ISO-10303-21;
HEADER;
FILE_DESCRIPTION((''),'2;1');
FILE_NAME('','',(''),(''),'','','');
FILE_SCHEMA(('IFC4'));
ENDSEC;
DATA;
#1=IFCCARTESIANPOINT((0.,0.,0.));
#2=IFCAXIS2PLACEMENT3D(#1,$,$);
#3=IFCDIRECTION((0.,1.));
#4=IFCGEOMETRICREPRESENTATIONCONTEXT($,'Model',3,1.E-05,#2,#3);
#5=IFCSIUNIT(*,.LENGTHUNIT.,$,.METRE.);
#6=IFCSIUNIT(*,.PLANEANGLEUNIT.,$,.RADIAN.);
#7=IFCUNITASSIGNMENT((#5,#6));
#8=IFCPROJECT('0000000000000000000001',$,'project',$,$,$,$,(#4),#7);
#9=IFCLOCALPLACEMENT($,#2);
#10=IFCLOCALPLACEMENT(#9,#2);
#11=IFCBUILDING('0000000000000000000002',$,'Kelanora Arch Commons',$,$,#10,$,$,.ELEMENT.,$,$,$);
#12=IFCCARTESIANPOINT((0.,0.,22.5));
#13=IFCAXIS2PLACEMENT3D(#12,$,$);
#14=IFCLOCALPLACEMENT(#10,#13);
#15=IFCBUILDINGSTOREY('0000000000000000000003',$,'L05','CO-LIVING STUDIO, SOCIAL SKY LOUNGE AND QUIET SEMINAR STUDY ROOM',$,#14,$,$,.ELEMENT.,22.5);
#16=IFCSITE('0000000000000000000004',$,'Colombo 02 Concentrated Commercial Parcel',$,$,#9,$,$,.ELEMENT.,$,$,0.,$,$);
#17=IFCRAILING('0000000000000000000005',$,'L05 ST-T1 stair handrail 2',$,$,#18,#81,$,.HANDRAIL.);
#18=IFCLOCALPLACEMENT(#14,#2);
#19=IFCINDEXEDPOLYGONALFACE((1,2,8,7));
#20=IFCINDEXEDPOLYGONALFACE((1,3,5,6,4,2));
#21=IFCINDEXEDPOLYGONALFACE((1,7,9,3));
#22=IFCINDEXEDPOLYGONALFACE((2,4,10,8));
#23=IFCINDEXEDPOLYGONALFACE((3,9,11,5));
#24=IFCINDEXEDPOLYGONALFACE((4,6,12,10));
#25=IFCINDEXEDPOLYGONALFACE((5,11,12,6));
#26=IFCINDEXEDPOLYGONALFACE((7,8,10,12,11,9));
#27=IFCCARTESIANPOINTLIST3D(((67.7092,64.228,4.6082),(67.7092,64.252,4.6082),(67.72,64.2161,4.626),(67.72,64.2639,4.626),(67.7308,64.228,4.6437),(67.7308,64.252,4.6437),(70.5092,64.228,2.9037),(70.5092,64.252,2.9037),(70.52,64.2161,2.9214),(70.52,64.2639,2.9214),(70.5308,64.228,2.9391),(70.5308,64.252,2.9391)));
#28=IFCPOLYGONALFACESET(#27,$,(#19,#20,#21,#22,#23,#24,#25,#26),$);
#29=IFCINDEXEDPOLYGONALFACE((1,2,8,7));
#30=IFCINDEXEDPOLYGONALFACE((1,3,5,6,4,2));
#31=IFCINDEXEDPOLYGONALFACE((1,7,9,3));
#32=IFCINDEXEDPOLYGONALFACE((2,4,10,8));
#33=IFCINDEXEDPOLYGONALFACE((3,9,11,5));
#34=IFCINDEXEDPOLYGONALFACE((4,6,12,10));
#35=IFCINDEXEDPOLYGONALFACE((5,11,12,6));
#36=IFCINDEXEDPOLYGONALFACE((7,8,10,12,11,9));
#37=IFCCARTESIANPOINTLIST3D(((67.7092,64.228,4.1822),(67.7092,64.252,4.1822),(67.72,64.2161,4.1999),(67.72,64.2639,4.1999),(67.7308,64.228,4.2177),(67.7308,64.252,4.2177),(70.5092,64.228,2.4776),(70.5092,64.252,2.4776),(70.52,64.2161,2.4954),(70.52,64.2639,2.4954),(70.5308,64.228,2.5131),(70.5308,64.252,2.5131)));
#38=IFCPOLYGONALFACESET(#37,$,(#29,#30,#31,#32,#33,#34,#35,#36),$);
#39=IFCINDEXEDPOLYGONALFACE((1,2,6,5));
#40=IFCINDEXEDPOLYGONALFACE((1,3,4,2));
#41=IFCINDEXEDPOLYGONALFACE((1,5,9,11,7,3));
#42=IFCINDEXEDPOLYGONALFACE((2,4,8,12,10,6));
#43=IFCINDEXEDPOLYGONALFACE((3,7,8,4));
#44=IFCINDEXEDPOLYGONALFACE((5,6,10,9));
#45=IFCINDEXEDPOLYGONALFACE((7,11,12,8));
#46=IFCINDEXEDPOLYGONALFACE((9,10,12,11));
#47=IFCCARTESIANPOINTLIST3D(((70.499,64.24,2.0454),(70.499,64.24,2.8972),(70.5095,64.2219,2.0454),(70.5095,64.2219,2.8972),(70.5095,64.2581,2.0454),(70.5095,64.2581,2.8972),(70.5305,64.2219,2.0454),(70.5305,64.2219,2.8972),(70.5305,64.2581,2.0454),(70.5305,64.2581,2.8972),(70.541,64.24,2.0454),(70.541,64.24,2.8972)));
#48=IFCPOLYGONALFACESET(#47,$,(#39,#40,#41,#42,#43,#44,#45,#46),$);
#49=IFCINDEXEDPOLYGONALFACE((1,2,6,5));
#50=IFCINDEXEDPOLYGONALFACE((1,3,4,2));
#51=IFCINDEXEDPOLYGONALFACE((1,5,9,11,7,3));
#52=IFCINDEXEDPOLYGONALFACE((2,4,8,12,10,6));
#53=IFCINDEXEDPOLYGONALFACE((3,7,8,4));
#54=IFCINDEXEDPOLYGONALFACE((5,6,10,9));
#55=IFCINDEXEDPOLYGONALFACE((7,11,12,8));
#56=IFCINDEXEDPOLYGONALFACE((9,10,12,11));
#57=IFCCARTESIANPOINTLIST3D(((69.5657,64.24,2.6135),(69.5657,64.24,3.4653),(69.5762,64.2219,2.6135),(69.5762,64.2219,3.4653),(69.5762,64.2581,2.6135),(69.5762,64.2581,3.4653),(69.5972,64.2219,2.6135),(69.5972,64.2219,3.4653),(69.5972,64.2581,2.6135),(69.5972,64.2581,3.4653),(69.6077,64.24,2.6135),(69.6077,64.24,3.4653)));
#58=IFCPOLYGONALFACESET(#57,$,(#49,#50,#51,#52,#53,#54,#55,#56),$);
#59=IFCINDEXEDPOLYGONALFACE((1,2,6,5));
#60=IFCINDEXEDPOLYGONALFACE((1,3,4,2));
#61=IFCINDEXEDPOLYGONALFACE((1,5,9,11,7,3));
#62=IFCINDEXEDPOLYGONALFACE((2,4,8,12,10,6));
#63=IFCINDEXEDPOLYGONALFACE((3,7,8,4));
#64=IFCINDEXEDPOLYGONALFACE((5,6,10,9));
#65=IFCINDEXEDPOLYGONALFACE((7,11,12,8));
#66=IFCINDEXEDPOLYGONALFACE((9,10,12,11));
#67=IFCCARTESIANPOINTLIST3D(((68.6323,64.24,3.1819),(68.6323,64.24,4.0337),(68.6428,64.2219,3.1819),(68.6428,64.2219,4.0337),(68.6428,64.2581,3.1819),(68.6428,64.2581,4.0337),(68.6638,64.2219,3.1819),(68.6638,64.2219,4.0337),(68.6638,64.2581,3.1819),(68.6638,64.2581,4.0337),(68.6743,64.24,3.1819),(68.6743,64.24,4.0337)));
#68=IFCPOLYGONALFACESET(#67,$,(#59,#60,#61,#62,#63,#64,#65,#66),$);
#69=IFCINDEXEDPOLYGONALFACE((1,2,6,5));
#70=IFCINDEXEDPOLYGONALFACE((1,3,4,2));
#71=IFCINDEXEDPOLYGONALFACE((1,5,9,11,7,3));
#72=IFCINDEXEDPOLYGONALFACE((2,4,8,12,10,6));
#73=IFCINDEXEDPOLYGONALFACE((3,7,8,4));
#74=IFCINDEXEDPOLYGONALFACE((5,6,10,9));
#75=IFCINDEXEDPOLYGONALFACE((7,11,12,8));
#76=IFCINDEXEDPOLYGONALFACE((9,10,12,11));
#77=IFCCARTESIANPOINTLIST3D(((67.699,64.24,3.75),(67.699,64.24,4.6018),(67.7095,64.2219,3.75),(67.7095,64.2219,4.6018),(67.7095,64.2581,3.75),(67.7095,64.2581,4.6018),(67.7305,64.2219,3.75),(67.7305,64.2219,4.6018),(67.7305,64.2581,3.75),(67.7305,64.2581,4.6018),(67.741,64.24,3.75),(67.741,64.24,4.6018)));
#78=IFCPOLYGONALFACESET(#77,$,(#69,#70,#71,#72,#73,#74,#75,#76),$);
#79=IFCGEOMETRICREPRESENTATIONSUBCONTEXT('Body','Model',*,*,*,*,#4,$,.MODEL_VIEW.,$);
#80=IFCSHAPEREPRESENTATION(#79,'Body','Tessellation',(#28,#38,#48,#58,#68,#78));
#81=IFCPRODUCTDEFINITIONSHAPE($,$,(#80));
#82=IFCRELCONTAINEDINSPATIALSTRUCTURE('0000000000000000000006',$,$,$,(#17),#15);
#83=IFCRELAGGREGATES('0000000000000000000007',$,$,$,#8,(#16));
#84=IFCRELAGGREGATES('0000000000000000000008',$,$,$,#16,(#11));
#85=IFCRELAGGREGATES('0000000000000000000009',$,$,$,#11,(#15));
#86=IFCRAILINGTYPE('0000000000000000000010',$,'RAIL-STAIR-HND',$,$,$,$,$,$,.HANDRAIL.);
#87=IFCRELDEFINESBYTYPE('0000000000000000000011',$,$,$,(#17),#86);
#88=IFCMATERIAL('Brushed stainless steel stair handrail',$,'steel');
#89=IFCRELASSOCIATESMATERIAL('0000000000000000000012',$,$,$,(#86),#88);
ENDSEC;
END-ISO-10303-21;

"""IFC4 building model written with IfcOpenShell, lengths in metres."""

from ifc_helpers import new_model, si_unit, direction, frame, origin, place, context, subcontext, project, spatial, polyline, outline, extrude, material, type_object, element, save


model = new_model("IFC4")

# Units and contexts
model_context = context("Model", 3, precision=1e-05, world=origin(), true_north=direction((0.0, 1.0)))
body_context = subcontext(model_context, "Body", "Model", "MODEL_VIEW")
ifc_project = project(units=[si_unit("LENGTHUNIT", "METRE"), si_unit("PLANEANGLEUNIT", "RADIAN")], contexts=[model_context])

# Site, building, storey
site_placement = place(None, origin())
site = spatial("IfcSite", under=ifc_project, at=site_placement, Name="Colombo 02 Concentrated Commercial Parcel", CompositionType="ELEMENT", RefElevation=0.0)
building_placement = place(site_placement, origin())
building = spatial("IfcBuilding", under=site, at=building_placement, Name="Kelanora Arch Commons", CompositionType="ELEMENT")
storey_placement = place(building_placement, frame((0.0, 0.0, 22.5)))
storey = spatial("IfcBuildingStorey", under=building, at=storey_placement, Name="L05", Description="CO-LIVING STUDIO, SOCIAL SKY LOUNGE AND QUIET SEMINAR STUDY ROOM", CompositionType="ELEMENT", Elevation=22.5)

# Railing
ifc_material_1 = material(Name="Brushed stainless steel stair handrail", Category="steel")
railing_type_1 = type_object("IfcRailingType", Name="RAIL-STAIR-HND", PredefinedType="HANDRAIL", material=ifc_material_1)
railing_1_placement = place(storey_placement, frame((70.52, 64.24, 2.0454)))
element("IfcRailing", 1, at=railing_1_placement, inside=storey, type_object=railing_type_1, Name="L05 ST-T1 stair handrail 2", PredefinedType="HANDRAIL", context=body_context, shape_type="SweptSolid", body=[
    extrude(outline(polyline([(0.0239, 0.0), (0.012, 0.0208), (-0.012, 0.0208), (-0.0239, 0.0), (-0.012, -0.0208), (0.012, -0.0208), (0.0239, 0.0)])), frame((0.0, 0.0, 0.876), z_axis=(-0.85417, 0.0, 0.519994), x_axis=(0.0, -1.0, 0.0)), (0.0, 0.0, 1.0), 3.2781),
    extrude(outline(polyline([(0.0239, 0.0), (0.012, 0.0208), (-0.012, 0.0208), (-0.0239, 0.0), (-0.012, -0.0208), (0.012, -0.0208), (0.0239, 0.0)])), frame((0.0, 0.0, 0.45), z_axis=(-0.85417, 0.0, 0.519994), x_axis=(0.0, -1.0, 0.0)), (0.0, 0.0, 1.0), 3.2781),
    extrude(outline(polyline([(0.021, 0.0), (0.0105, 0.0181), (-0.0105, 0.0181), (-0.021, 0.0), (-0.0105, -0.0181), (0.0105, -0.0181), (0.021, 0.0)])), origin(), (0.0, 0.0, 1.0), 0.8518),
    extrude(outline(polyline([(0.021, 0.0), (0.0105, 0.0181), (-0.0105, 0.0181), (-0.021, 0.0), (-0.0105, -0.0181), (0.0105, -0.0181), (0.021, 0.0)])), frame((-0.9333, 0.0, 0.5681)), (0.0, 0.0, 1.0), 0.8518),
    extrude(outline(polyline([(0.021, 0.0), (0.0105, 0.0181), (-0.0105, 0.0181), (-0.021, 0.0), (-0.0105, -0.0181), (0.0105, -0.0181), (0.021, 0.0)])), frame((-1.8667, 0.0, 1.1365)), (0.0, 0.0, 1.0), 0.8518),
    extrude(outline(polyline([(0.021, 0.0), (0.0105, 0.0181), (-0.0105, 0.0181), (-0.021, 0.0), (-0.0105, -0.0181), (0.0105, -0.0181), (0.021, 0.0)])), frame((-2.8, 0.0, 1.7046)), (0.0, 0.0, 1.0), 0.8518),
])

save(model, "model.ifc")
